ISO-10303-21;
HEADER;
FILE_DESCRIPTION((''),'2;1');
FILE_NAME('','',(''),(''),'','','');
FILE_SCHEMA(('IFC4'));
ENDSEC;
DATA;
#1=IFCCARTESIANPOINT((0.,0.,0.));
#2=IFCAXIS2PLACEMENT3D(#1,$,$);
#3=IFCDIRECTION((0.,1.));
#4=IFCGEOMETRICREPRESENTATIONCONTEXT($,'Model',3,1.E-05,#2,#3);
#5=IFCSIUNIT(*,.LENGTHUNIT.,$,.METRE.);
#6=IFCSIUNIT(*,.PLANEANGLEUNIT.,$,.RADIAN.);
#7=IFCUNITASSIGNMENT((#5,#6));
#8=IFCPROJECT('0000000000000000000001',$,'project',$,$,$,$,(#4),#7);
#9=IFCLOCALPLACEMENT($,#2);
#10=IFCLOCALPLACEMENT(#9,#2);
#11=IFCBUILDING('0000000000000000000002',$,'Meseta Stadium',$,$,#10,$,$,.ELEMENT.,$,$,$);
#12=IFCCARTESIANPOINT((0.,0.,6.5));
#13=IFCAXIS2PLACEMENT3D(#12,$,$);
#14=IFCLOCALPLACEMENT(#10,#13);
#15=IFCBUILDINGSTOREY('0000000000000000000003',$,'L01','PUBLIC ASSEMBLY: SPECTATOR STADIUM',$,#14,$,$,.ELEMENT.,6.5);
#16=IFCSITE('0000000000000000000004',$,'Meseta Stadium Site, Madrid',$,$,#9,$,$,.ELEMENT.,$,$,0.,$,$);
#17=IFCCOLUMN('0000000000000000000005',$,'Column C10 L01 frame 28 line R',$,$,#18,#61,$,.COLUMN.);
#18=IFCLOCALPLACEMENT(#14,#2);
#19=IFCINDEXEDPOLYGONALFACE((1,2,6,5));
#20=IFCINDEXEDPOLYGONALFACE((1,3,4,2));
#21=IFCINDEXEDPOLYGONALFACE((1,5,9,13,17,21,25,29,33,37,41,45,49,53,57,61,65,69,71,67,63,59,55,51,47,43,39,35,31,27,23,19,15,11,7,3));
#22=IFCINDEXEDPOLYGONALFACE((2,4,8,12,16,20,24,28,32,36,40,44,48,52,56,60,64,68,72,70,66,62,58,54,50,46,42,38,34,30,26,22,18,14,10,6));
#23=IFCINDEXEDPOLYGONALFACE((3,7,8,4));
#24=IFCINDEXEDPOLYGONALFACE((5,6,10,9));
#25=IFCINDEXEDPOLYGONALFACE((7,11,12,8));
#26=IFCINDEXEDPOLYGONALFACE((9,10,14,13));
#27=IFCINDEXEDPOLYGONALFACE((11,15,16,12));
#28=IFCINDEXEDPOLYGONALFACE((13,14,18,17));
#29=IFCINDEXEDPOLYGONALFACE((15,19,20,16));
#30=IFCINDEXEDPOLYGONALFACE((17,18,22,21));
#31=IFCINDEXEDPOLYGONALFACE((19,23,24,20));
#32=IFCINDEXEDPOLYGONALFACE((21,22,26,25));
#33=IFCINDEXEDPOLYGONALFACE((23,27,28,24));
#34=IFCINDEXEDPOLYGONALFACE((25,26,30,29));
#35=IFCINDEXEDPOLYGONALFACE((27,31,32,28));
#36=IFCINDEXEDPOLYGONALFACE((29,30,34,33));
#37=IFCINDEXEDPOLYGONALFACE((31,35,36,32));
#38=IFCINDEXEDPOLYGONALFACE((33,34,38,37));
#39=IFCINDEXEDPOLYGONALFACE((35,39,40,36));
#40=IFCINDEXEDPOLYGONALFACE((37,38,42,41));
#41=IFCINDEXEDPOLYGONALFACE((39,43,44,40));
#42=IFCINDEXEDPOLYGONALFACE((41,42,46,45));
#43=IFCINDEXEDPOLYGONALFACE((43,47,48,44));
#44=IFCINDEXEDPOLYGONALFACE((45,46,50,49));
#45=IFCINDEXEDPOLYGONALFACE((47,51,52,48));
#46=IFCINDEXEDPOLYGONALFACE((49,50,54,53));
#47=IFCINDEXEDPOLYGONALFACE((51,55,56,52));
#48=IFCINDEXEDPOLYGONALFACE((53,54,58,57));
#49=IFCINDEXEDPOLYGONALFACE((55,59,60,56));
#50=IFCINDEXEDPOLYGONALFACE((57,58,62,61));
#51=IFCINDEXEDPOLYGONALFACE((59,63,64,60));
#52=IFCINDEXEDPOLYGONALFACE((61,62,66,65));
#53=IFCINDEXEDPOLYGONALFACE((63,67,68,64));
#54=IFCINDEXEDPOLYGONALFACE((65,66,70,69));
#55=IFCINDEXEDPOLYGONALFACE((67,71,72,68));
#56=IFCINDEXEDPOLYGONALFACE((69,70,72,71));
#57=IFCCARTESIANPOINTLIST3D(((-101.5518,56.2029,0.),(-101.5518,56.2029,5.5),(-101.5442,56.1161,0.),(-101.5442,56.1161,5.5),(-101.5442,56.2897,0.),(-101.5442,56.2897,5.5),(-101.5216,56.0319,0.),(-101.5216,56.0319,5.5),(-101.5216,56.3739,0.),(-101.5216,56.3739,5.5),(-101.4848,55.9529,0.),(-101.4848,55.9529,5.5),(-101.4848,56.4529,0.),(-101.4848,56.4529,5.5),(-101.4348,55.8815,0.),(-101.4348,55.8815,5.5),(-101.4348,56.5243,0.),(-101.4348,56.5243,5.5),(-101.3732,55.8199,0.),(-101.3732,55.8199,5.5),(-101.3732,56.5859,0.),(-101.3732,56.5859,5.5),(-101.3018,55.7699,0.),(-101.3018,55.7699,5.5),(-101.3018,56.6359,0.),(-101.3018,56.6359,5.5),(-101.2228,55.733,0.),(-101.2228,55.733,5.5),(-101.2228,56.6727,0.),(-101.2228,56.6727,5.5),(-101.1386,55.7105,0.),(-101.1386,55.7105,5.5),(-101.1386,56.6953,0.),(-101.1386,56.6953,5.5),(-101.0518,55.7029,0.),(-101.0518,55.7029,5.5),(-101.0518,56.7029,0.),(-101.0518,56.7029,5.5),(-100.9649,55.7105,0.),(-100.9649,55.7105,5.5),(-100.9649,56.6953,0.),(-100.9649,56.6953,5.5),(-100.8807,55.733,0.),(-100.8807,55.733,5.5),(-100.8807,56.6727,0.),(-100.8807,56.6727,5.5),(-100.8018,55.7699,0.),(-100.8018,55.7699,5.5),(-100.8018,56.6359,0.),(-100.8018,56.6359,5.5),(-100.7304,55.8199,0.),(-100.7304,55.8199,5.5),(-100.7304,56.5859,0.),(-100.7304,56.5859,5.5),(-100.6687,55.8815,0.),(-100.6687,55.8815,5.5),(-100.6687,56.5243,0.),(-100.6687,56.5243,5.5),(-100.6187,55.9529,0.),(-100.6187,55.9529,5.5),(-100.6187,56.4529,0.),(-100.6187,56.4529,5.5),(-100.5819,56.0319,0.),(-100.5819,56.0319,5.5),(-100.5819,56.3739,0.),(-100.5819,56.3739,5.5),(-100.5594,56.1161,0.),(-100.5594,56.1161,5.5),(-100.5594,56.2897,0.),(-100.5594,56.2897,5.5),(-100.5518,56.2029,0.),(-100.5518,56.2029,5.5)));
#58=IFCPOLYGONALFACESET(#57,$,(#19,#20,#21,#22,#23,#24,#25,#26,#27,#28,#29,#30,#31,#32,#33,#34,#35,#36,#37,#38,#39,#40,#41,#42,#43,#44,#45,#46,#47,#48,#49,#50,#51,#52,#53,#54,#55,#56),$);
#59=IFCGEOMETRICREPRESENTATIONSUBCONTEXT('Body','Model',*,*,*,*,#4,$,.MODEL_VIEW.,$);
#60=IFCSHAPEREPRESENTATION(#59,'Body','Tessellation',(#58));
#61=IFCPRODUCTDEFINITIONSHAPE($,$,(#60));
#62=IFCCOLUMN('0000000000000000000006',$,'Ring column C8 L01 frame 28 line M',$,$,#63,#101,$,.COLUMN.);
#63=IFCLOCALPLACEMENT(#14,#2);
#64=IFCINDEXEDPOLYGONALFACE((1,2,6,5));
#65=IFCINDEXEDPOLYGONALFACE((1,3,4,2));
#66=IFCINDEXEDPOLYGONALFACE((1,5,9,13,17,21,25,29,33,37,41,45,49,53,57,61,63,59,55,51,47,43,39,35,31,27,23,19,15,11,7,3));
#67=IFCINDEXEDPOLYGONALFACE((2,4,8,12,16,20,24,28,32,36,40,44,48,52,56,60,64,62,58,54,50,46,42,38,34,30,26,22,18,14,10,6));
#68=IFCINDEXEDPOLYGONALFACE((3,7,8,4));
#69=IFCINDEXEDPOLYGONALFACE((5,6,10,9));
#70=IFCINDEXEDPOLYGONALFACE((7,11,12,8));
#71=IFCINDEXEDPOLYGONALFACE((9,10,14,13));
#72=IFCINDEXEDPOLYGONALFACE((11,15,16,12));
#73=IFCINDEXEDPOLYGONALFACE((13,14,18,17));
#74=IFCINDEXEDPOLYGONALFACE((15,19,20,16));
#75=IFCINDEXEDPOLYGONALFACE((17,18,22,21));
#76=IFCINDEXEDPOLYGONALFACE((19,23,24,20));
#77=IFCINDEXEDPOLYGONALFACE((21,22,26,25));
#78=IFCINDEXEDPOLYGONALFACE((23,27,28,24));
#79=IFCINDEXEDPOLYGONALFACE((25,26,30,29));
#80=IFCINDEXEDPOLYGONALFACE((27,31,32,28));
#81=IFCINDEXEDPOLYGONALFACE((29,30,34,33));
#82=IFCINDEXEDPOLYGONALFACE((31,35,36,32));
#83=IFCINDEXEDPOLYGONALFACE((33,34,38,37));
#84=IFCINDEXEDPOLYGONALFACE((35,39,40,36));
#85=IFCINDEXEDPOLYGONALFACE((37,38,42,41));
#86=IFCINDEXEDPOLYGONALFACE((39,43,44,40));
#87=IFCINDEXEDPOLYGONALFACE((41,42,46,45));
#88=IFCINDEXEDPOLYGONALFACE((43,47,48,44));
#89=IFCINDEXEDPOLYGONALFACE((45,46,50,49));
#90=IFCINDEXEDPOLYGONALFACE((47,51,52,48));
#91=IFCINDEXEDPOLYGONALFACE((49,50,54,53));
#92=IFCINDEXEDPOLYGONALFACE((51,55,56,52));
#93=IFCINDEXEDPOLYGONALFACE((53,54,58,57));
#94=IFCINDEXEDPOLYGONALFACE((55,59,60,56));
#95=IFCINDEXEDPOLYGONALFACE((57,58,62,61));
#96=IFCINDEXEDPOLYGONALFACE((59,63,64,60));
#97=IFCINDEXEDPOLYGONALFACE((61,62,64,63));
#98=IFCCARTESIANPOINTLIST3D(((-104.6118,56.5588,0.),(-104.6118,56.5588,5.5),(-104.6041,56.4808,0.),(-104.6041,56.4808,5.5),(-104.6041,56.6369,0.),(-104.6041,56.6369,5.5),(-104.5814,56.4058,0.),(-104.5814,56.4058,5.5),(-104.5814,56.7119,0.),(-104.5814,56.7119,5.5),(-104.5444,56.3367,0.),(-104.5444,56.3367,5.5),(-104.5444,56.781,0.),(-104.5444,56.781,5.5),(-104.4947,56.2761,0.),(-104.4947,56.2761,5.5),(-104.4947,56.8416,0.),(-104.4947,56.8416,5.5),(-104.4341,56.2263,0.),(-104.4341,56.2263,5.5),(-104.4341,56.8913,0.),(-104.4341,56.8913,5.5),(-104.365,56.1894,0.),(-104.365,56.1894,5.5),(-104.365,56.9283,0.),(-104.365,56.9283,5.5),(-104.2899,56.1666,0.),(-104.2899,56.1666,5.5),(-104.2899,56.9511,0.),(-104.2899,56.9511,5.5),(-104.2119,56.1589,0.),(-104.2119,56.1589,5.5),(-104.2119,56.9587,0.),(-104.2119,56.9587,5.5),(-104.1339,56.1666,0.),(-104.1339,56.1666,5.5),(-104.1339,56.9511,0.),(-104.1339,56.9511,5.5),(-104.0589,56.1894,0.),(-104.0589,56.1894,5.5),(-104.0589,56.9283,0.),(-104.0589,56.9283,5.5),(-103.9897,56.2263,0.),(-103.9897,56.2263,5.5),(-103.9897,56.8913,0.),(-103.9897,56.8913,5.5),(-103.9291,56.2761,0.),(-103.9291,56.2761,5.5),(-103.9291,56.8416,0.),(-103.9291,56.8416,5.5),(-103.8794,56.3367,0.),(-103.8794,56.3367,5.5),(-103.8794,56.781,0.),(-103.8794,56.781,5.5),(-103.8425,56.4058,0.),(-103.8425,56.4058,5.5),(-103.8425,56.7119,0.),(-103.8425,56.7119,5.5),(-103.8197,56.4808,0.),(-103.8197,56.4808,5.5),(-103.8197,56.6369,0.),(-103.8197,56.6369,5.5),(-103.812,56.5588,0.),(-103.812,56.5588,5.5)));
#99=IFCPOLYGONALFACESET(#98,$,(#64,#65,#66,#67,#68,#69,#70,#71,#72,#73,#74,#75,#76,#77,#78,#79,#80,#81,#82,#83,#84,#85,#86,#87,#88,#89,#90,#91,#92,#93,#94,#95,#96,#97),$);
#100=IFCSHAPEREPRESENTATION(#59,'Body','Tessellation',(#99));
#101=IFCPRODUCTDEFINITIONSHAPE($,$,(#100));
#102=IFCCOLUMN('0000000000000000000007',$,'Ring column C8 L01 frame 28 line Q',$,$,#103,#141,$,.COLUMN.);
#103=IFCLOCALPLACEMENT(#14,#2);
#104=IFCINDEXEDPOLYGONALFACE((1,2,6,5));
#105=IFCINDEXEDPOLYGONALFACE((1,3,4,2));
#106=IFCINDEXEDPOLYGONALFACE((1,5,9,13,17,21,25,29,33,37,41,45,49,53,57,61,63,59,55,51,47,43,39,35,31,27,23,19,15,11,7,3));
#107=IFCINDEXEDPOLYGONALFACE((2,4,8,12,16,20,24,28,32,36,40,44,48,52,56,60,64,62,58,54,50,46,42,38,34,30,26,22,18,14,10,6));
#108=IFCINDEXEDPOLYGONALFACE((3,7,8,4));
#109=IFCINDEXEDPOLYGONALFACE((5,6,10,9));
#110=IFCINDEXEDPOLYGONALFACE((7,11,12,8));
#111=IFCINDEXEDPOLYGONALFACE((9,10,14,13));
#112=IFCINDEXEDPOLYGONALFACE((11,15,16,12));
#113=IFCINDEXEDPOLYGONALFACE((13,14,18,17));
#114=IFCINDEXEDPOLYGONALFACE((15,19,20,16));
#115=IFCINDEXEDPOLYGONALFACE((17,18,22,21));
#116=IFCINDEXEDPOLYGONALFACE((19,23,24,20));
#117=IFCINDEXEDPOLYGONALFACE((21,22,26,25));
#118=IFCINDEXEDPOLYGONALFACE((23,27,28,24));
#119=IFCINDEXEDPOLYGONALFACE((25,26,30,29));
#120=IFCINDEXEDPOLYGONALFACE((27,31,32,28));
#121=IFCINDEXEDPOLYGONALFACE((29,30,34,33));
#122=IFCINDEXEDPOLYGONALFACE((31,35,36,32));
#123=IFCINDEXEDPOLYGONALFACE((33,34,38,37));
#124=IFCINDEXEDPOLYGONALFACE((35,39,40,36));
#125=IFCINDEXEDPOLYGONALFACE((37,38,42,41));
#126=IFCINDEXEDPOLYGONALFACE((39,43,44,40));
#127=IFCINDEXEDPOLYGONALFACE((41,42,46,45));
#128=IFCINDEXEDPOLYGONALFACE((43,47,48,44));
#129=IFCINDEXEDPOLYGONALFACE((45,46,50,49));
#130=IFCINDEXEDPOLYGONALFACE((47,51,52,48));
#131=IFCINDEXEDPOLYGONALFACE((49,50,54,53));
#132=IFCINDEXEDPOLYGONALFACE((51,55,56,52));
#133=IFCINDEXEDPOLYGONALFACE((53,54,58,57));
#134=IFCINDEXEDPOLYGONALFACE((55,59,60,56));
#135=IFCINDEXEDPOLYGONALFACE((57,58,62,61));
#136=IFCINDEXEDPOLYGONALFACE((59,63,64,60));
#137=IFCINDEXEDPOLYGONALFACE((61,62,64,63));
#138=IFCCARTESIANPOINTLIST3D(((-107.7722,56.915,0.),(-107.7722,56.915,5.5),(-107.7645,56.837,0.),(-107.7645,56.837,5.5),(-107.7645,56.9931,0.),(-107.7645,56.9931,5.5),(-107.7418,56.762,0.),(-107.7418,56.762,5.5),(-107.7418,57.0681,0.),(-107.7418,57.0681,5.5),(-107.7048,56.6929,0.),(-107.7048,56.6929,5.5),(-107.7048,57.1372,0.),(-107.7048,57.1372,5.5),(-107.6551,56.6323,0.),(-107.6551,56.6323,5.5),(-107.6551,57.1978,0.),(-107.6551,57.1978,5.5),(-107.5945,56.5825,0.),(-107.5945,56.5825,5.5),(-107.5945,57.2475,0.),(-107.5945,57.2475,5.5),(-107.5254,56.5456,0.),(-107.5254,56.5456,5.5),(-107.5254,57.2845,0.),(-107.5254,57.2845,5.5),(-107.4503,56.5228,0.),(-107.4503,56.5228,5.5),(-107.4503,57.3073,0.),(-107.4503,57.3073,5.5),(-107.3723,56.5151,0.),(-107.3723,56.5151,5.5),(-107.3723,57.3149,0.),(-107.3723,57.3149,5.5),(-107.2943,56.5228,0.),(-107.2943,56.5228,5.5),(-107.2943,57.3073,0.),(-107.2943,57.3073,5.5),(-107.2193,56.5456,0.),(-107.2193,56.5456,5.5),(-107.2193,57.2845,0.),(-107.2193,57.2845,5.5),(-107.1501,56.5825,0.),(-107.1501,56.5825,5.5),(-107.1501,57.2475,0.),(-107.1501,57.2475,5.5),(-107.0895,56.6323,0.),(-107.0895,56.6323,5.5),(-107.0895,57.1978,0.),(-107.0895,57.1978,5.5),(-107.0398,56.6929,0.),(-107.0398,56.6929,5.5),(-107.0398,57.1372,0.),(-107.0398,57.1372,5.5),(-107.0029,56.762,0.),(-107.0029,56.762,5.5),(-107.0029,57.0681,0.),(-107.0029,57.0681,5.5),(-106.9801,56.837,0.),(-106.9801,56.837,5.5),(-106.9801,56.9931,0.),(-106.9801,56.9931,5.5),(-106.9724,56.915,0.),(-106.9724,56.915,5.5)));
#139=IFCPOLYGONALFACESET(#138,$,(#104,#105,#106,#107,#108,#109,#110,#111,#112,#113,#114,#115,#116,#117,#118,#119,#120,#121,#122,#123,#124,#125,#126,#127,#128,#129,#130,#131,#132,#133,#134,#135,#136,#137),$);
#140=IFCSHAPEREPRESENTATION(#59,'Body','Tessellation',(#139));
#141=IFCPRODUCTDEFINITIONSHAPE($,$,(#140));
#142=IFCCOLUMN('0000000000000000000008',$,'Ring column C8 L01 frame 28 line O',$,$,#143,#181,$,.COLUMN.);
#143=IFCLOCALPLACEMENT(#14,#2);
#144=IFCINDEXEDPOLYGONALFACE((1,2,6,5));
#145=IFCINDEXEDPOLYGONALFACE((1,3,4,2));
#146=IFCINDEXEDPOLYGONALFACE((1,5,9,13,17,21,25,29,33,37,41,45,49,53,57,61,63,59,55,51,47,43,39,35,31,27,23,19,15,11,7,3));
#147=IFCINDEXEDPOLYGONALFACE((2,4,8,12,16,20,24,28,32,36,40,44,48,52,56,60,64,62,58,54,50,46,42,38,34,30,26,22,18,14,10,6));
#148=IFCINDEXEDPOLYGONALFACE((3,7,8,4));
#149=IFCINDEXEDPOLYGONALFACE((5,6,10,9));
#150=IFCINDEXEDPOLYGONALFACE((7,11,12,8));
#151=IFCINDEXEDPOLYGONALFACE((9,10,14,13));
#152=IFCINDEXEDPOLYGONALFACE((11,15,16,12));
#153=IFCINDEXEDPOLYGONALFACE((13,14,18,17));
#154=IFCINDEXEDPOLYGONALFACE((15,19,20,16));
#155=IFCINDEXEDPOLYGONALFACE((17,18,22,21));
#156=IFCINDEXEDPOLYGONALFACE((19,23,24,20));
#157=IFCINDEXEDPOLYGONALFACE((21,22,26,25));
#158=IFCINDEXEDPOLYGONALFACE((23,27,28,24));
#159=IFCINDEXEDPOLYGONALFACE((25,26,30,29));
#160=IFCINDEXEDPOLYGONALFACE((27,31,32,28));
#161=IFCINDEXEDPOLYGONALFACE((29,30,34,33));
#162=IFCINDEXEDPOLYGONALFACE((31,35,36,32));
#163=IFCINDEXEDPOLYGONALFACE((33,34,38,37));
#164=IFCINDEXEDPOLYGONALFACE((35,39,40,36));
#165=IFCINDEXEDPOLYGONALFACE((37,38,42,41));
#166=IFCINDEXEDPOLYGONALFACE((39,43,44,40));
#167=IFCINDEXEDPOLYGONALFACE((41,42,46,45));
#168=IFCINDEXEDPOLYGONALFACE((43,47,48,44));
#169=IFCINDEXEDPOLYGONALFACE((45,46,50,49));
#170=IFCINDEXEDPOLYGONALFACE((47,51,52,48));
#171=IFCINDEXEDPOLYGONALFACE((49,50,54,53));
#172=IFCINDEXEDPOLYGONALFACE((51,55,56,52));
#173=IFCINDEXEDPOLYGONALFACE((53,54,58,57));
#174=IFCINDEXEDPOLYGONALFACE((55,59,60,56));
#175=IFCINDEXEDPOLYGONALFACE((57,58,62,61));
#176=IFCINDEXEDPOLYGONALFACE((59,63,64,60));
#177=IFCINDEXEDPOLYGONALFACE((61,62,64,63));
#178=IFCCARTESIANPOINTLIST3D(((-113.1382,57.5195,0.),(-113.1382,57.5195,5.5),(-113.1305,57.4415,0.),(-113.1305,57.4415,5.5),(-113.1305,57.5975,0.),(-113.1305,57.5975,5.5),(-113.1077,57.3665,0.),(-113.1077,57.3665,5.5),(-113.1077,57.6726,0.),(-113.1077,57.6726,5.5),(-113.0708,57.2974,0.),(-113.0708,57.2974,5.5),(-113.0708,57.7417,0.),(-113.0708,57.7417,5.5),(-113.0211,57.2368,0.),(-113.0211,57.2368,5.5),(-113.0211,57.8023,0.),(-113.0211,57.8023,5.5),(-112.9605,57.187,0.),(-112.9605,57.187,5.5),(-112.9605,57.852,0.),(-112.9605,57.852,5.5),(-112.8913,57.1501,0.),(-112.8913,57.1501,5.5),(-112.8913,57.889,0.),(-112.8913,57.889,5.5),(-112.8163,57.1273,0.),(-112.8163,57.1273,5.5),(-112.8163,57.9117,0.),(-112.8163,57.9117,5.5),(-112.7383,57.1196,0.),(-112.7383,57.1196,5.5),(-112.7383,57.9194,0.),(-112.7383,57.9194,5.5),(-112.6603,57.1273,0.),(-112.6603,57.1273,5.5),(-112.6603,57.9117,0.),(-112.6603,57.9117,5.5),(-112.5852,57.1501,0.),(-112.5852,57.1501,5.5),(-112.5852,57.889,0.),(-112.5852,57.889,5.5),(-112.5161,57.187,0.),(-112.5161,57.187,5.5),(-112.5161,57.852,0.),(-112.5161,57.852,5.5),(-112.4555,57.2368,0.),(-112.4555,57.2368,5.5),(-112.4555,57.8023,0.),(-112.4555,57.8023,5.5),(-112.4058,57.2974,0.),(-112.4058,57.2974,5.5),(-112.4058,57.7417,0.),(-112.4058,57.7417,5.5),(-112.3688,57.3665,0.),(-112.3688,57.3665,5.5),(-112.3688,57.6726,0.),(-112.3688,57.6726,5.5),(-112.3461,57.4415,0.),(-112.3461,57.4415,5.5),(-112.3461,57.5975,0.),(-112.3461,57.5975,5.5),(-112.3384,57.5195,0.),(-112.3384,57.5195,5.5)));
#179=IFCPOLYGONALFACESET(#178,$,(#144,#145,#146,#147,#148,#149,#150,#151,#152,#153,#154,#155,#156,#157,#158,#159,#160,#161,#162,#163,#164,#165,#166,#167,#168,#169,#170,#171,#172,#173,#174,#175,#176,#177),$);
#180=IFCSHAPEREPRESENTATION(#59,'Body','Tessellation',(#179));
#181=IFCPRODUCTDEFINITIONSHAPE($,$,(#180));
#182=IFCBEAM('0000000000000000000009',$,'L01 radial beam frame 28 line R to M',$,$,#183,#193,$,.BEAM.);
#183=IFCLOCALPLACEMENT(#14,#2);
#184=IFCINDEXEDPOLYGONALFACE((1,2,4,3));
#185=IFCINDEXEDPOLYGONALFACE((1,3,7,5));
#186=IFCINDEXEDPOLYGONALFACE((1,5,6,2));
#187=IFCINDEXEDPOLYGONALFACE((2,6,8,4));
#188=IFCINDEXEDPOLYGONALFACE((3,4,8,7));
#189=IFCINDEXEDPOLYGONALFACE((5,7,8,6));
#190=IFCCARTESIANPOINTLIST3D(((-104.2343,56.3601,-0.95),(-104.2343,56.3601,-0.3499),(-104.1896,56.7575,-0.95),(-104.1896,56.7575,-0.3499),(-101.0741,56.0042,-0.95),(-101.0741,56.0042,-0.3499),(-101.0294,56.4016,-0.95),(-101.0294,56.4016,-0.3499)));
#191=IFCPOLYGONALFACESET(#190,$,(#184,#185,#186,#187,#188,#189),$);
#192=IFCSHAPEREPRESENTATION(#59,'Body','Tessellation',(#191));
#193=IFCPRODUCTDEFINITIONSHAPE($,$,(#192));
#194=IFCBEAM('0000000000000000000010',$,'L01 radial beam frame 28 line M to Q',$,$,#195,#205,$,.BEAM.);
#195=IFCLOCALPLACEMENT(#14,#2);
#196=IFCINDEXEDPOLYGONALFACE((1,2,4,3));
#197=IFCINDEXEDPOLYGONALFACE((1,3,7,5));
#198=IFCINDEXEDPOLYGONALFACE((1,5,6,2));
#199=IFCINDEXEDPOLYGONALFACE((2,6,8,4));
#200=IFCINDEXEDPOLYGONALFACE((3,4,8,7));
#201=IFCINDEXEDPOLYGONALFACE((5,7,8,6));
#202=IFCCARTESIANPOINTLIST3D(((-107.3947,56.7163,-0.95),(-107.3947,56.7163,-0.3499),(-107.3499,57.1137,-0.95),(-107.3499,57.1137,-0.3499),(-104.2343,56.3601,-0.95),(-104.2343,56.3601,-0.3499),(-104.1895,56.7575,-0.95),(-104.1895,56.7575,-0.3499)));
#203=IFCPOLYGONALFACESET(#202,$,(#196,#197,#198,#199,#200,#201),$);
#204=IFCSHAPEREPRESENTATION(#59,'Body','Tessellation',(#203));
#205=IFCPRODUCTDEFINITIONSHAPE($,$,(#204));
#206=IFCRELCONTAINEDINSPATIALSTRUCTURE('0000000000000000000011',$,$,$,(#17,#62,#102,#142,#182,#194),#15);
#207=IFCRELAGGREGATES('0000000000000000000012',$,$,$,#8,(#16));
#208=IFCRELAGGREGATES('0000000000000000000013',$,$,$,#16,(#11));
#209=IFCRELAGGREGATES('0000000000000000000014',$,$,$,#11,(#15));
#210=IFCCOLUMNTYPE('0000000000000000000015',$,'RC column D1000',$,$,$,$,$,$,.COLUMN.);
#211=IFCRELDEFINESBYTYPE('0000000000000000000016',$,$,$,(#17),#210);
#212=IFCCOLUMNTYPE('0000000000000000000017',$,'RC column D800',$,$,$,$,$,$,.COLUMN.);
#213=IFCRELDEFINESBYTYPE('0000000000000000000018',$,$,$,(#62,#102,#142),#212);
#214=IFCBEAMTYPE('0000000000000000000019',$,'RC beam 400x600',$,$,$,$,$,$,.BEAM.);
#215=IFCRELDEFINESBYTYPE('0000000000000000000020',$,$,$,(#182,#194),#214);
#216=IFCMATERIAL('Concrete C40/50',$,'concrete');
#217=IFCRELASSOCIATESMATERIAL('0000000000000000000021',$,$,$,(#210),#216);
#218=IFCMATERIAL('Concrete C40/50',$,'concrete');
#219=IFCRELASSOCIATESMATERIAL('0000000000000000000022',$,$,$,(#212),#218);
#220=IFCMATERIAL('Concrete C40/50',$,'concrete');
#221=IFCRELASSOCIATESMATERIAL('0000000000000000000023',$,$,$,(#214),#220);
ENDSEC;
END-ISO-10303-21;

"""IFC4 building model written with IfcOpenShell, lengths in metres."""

from ifc_helpers import new_model, si_unit, direction, frame, origin, origin_2d, place, context, subcontext, project, spatial, rectangle, circle, extrude, material, material_profile, profile_set, type_object, element, save


model = new_model("IFC4")

# Units and contexts
model_context = context("Model", 3, precision=1e-05, world=origin(), true_north=direction((0.0, 1.0)))
body_context = subcontext(model_context, "Body", "Model", "MODEL_VIEW")
ifc_project = project(units=[si_unit("LENGTHUNIT", "METRE"), si_unit("PLANEANGLEUNIT", "RADIAN")], contexts=[model_context])

# Site, building, storey
site_placement = place(None, origin())
site = spatial("IfcSite", under=ifc_project, at=site_placement, Name="Meseta Stadium Site, Madrid", CompositionType="ELEMENT", RefElevation=0.0)
building_placement = place(site_placement, origin())
building = spatial("IfcBuilding", under=site, at=building_placement, Name="Meseta Stadium", CompositionType="ELEMENT")
storey_placement = place(building_placement, frame((0.0, 0.0, 6.5)))
storey = spatial("IfcBuildingStorey", under=building, at=storey_placement, Name="L01", Description="PUBLIC ASSEMBLY: SPECTATOR STADIUM", CompositionType="ELEMENT", Elevation=6.5)

# Columns
ifc_material_1 = material(Name="Concrete C40/50", Category="concrete")
ifc_material_profile_1 = material_profile(ifc_material_1, circle(Radius=0.5, at=origin_2d()), Name="RC D1000")
ifc_profile_set_1 = profile_set([ifc_material_profile_1], Name="Concrete C40/50")
column_type_1 = type_object("IfcColumnType", Name="RC column D1000", PredefinedType="COLUMN", material=ifc_profile_set_1)
column_placement = place(storey_placement, frame((-101.0518, 56.2029, 0.0), z_axis=(0.0, 0.0, 1.0), x_axis=(1.0, 0.0, 0.0)))
element("IfcColumn", 1, at=column_placement, inside=storey, type_object=column_type_1, Name="Column C10 L01 frame 28 line R", PredefinedType="COLUMN", context=body_context, shape_type="SweptSolid", body=[
    extrude(circle(Radius=0.5, at=origin_2d()), origin(), (0.0, 0.0, 1.0), 5.5),
])
ifc_material_2 = material(Name="Concrete C40/50", Category="concrete")
ifc_material_profile_2 = material_profile(ifc_material_2, circle(Radius=0.3999, at=origin_2d()), Name="RC D800")
ifc_profile_set_2 = profile_set([ifc_material_profile_2], Name="Concrete C40/50")
column_type_2 = type_object("IfcColumnType", Name="RC column D800", PredefinedType="COLUMN", material=ifc_profile_set_2)
for number, where, z_axis, x_axis, name in (
    (2, (-104.2119, 56.5588, 0.0), (0.0, 0.0, 1.0), (1.0, 0.0, 0.0), "Ring column C8 L01 frame 28 line M"),
    (3, (-107.3723, 56.915, 0.0), (0.0, 0.0, 1.0), (1.0, 0.0, 0.0), "Ring column C8 L01 frame 28 line Q"),
    (4, (-112.7383, 57.5195, 0.0), (0.0, 0.0, 1.0), (1.0, 0.0, 0.0), "Ring column C8 L01 frame 28 line O"),
):
    element("IfcColumn", number, at=place(storey_placement, frame(where, z_axis=z_axis, x_axis=x_axis)), inside=storey, type_object=column_type_2, Name=name, PredefinedType="COLUMN", context=body_context, shape_type="SweptSolid", body=[
        extrude(circle(Radius=0.3999, at=origin_2d()), origin(), (0.0, 0.0, 1.0), 5.5),
    ])

# Beams
ifc_material_3 = material(Name="Concrete C40/50", Category="concrete")
ifc_material_profile_3 = material_profile(ifc_material_3, rectangle(XDim=0.3999, YDim=0.6001, at=origin_2d()), Name="RC 400x600")
ifc_profile_set_3 = profile_set([ifc_material_profile_3], Name="Concrete C40/50")
beam_type_1 = type_object("IfcBeamType", Name="RC beam 400x600", PredefinedType="BEAM", material=ifc_profile_set_3)
beam_1_placement = place(storey_placement, frame((-101.0518, 56.2029, -0.6499), z_axis=(-0.993716, 0.111931, 0.0), x_axis=(-0.111931, -0.993716, 0.0)))
element("IfcBeam", 5, at=beam_1_placement, inside=storey, type_object=beam_type_1, Name="L01 radial beam frame 28 line R to M", PredefinedType="BEAM", context=body_context, shape_type="SweptSolid", body=[
    extrude(rectangle(XDim=0.3999, YDim=0.6001, at=origin_2d()), origin(), (0.0, 0.0, 1.0), 3.1802),
])
beam_2_placement = place(storey_placement, frame((-104.2119, 56.5588, -0.6499), z_axis=(-0.993708, 0.111998, 0.0), x_axis=(-0.111998, -0.993708, 0.0)))
element("IfcBeam", 6, at=beam_2_placement, inside=storey, type_object=beam_type_1, Name="L01 radial beam frame 28 line M to Q", PredefinedType="BEAM", context=body_context, shape_type="SweptSolid", body=[
    extrude(rectangle(XDim=0.3999, YDim=0.6001, at=origin_2d()), origin(), (0.0, 0.0, 1.0), 3.1804),
])

save(model, "model.ifc")
